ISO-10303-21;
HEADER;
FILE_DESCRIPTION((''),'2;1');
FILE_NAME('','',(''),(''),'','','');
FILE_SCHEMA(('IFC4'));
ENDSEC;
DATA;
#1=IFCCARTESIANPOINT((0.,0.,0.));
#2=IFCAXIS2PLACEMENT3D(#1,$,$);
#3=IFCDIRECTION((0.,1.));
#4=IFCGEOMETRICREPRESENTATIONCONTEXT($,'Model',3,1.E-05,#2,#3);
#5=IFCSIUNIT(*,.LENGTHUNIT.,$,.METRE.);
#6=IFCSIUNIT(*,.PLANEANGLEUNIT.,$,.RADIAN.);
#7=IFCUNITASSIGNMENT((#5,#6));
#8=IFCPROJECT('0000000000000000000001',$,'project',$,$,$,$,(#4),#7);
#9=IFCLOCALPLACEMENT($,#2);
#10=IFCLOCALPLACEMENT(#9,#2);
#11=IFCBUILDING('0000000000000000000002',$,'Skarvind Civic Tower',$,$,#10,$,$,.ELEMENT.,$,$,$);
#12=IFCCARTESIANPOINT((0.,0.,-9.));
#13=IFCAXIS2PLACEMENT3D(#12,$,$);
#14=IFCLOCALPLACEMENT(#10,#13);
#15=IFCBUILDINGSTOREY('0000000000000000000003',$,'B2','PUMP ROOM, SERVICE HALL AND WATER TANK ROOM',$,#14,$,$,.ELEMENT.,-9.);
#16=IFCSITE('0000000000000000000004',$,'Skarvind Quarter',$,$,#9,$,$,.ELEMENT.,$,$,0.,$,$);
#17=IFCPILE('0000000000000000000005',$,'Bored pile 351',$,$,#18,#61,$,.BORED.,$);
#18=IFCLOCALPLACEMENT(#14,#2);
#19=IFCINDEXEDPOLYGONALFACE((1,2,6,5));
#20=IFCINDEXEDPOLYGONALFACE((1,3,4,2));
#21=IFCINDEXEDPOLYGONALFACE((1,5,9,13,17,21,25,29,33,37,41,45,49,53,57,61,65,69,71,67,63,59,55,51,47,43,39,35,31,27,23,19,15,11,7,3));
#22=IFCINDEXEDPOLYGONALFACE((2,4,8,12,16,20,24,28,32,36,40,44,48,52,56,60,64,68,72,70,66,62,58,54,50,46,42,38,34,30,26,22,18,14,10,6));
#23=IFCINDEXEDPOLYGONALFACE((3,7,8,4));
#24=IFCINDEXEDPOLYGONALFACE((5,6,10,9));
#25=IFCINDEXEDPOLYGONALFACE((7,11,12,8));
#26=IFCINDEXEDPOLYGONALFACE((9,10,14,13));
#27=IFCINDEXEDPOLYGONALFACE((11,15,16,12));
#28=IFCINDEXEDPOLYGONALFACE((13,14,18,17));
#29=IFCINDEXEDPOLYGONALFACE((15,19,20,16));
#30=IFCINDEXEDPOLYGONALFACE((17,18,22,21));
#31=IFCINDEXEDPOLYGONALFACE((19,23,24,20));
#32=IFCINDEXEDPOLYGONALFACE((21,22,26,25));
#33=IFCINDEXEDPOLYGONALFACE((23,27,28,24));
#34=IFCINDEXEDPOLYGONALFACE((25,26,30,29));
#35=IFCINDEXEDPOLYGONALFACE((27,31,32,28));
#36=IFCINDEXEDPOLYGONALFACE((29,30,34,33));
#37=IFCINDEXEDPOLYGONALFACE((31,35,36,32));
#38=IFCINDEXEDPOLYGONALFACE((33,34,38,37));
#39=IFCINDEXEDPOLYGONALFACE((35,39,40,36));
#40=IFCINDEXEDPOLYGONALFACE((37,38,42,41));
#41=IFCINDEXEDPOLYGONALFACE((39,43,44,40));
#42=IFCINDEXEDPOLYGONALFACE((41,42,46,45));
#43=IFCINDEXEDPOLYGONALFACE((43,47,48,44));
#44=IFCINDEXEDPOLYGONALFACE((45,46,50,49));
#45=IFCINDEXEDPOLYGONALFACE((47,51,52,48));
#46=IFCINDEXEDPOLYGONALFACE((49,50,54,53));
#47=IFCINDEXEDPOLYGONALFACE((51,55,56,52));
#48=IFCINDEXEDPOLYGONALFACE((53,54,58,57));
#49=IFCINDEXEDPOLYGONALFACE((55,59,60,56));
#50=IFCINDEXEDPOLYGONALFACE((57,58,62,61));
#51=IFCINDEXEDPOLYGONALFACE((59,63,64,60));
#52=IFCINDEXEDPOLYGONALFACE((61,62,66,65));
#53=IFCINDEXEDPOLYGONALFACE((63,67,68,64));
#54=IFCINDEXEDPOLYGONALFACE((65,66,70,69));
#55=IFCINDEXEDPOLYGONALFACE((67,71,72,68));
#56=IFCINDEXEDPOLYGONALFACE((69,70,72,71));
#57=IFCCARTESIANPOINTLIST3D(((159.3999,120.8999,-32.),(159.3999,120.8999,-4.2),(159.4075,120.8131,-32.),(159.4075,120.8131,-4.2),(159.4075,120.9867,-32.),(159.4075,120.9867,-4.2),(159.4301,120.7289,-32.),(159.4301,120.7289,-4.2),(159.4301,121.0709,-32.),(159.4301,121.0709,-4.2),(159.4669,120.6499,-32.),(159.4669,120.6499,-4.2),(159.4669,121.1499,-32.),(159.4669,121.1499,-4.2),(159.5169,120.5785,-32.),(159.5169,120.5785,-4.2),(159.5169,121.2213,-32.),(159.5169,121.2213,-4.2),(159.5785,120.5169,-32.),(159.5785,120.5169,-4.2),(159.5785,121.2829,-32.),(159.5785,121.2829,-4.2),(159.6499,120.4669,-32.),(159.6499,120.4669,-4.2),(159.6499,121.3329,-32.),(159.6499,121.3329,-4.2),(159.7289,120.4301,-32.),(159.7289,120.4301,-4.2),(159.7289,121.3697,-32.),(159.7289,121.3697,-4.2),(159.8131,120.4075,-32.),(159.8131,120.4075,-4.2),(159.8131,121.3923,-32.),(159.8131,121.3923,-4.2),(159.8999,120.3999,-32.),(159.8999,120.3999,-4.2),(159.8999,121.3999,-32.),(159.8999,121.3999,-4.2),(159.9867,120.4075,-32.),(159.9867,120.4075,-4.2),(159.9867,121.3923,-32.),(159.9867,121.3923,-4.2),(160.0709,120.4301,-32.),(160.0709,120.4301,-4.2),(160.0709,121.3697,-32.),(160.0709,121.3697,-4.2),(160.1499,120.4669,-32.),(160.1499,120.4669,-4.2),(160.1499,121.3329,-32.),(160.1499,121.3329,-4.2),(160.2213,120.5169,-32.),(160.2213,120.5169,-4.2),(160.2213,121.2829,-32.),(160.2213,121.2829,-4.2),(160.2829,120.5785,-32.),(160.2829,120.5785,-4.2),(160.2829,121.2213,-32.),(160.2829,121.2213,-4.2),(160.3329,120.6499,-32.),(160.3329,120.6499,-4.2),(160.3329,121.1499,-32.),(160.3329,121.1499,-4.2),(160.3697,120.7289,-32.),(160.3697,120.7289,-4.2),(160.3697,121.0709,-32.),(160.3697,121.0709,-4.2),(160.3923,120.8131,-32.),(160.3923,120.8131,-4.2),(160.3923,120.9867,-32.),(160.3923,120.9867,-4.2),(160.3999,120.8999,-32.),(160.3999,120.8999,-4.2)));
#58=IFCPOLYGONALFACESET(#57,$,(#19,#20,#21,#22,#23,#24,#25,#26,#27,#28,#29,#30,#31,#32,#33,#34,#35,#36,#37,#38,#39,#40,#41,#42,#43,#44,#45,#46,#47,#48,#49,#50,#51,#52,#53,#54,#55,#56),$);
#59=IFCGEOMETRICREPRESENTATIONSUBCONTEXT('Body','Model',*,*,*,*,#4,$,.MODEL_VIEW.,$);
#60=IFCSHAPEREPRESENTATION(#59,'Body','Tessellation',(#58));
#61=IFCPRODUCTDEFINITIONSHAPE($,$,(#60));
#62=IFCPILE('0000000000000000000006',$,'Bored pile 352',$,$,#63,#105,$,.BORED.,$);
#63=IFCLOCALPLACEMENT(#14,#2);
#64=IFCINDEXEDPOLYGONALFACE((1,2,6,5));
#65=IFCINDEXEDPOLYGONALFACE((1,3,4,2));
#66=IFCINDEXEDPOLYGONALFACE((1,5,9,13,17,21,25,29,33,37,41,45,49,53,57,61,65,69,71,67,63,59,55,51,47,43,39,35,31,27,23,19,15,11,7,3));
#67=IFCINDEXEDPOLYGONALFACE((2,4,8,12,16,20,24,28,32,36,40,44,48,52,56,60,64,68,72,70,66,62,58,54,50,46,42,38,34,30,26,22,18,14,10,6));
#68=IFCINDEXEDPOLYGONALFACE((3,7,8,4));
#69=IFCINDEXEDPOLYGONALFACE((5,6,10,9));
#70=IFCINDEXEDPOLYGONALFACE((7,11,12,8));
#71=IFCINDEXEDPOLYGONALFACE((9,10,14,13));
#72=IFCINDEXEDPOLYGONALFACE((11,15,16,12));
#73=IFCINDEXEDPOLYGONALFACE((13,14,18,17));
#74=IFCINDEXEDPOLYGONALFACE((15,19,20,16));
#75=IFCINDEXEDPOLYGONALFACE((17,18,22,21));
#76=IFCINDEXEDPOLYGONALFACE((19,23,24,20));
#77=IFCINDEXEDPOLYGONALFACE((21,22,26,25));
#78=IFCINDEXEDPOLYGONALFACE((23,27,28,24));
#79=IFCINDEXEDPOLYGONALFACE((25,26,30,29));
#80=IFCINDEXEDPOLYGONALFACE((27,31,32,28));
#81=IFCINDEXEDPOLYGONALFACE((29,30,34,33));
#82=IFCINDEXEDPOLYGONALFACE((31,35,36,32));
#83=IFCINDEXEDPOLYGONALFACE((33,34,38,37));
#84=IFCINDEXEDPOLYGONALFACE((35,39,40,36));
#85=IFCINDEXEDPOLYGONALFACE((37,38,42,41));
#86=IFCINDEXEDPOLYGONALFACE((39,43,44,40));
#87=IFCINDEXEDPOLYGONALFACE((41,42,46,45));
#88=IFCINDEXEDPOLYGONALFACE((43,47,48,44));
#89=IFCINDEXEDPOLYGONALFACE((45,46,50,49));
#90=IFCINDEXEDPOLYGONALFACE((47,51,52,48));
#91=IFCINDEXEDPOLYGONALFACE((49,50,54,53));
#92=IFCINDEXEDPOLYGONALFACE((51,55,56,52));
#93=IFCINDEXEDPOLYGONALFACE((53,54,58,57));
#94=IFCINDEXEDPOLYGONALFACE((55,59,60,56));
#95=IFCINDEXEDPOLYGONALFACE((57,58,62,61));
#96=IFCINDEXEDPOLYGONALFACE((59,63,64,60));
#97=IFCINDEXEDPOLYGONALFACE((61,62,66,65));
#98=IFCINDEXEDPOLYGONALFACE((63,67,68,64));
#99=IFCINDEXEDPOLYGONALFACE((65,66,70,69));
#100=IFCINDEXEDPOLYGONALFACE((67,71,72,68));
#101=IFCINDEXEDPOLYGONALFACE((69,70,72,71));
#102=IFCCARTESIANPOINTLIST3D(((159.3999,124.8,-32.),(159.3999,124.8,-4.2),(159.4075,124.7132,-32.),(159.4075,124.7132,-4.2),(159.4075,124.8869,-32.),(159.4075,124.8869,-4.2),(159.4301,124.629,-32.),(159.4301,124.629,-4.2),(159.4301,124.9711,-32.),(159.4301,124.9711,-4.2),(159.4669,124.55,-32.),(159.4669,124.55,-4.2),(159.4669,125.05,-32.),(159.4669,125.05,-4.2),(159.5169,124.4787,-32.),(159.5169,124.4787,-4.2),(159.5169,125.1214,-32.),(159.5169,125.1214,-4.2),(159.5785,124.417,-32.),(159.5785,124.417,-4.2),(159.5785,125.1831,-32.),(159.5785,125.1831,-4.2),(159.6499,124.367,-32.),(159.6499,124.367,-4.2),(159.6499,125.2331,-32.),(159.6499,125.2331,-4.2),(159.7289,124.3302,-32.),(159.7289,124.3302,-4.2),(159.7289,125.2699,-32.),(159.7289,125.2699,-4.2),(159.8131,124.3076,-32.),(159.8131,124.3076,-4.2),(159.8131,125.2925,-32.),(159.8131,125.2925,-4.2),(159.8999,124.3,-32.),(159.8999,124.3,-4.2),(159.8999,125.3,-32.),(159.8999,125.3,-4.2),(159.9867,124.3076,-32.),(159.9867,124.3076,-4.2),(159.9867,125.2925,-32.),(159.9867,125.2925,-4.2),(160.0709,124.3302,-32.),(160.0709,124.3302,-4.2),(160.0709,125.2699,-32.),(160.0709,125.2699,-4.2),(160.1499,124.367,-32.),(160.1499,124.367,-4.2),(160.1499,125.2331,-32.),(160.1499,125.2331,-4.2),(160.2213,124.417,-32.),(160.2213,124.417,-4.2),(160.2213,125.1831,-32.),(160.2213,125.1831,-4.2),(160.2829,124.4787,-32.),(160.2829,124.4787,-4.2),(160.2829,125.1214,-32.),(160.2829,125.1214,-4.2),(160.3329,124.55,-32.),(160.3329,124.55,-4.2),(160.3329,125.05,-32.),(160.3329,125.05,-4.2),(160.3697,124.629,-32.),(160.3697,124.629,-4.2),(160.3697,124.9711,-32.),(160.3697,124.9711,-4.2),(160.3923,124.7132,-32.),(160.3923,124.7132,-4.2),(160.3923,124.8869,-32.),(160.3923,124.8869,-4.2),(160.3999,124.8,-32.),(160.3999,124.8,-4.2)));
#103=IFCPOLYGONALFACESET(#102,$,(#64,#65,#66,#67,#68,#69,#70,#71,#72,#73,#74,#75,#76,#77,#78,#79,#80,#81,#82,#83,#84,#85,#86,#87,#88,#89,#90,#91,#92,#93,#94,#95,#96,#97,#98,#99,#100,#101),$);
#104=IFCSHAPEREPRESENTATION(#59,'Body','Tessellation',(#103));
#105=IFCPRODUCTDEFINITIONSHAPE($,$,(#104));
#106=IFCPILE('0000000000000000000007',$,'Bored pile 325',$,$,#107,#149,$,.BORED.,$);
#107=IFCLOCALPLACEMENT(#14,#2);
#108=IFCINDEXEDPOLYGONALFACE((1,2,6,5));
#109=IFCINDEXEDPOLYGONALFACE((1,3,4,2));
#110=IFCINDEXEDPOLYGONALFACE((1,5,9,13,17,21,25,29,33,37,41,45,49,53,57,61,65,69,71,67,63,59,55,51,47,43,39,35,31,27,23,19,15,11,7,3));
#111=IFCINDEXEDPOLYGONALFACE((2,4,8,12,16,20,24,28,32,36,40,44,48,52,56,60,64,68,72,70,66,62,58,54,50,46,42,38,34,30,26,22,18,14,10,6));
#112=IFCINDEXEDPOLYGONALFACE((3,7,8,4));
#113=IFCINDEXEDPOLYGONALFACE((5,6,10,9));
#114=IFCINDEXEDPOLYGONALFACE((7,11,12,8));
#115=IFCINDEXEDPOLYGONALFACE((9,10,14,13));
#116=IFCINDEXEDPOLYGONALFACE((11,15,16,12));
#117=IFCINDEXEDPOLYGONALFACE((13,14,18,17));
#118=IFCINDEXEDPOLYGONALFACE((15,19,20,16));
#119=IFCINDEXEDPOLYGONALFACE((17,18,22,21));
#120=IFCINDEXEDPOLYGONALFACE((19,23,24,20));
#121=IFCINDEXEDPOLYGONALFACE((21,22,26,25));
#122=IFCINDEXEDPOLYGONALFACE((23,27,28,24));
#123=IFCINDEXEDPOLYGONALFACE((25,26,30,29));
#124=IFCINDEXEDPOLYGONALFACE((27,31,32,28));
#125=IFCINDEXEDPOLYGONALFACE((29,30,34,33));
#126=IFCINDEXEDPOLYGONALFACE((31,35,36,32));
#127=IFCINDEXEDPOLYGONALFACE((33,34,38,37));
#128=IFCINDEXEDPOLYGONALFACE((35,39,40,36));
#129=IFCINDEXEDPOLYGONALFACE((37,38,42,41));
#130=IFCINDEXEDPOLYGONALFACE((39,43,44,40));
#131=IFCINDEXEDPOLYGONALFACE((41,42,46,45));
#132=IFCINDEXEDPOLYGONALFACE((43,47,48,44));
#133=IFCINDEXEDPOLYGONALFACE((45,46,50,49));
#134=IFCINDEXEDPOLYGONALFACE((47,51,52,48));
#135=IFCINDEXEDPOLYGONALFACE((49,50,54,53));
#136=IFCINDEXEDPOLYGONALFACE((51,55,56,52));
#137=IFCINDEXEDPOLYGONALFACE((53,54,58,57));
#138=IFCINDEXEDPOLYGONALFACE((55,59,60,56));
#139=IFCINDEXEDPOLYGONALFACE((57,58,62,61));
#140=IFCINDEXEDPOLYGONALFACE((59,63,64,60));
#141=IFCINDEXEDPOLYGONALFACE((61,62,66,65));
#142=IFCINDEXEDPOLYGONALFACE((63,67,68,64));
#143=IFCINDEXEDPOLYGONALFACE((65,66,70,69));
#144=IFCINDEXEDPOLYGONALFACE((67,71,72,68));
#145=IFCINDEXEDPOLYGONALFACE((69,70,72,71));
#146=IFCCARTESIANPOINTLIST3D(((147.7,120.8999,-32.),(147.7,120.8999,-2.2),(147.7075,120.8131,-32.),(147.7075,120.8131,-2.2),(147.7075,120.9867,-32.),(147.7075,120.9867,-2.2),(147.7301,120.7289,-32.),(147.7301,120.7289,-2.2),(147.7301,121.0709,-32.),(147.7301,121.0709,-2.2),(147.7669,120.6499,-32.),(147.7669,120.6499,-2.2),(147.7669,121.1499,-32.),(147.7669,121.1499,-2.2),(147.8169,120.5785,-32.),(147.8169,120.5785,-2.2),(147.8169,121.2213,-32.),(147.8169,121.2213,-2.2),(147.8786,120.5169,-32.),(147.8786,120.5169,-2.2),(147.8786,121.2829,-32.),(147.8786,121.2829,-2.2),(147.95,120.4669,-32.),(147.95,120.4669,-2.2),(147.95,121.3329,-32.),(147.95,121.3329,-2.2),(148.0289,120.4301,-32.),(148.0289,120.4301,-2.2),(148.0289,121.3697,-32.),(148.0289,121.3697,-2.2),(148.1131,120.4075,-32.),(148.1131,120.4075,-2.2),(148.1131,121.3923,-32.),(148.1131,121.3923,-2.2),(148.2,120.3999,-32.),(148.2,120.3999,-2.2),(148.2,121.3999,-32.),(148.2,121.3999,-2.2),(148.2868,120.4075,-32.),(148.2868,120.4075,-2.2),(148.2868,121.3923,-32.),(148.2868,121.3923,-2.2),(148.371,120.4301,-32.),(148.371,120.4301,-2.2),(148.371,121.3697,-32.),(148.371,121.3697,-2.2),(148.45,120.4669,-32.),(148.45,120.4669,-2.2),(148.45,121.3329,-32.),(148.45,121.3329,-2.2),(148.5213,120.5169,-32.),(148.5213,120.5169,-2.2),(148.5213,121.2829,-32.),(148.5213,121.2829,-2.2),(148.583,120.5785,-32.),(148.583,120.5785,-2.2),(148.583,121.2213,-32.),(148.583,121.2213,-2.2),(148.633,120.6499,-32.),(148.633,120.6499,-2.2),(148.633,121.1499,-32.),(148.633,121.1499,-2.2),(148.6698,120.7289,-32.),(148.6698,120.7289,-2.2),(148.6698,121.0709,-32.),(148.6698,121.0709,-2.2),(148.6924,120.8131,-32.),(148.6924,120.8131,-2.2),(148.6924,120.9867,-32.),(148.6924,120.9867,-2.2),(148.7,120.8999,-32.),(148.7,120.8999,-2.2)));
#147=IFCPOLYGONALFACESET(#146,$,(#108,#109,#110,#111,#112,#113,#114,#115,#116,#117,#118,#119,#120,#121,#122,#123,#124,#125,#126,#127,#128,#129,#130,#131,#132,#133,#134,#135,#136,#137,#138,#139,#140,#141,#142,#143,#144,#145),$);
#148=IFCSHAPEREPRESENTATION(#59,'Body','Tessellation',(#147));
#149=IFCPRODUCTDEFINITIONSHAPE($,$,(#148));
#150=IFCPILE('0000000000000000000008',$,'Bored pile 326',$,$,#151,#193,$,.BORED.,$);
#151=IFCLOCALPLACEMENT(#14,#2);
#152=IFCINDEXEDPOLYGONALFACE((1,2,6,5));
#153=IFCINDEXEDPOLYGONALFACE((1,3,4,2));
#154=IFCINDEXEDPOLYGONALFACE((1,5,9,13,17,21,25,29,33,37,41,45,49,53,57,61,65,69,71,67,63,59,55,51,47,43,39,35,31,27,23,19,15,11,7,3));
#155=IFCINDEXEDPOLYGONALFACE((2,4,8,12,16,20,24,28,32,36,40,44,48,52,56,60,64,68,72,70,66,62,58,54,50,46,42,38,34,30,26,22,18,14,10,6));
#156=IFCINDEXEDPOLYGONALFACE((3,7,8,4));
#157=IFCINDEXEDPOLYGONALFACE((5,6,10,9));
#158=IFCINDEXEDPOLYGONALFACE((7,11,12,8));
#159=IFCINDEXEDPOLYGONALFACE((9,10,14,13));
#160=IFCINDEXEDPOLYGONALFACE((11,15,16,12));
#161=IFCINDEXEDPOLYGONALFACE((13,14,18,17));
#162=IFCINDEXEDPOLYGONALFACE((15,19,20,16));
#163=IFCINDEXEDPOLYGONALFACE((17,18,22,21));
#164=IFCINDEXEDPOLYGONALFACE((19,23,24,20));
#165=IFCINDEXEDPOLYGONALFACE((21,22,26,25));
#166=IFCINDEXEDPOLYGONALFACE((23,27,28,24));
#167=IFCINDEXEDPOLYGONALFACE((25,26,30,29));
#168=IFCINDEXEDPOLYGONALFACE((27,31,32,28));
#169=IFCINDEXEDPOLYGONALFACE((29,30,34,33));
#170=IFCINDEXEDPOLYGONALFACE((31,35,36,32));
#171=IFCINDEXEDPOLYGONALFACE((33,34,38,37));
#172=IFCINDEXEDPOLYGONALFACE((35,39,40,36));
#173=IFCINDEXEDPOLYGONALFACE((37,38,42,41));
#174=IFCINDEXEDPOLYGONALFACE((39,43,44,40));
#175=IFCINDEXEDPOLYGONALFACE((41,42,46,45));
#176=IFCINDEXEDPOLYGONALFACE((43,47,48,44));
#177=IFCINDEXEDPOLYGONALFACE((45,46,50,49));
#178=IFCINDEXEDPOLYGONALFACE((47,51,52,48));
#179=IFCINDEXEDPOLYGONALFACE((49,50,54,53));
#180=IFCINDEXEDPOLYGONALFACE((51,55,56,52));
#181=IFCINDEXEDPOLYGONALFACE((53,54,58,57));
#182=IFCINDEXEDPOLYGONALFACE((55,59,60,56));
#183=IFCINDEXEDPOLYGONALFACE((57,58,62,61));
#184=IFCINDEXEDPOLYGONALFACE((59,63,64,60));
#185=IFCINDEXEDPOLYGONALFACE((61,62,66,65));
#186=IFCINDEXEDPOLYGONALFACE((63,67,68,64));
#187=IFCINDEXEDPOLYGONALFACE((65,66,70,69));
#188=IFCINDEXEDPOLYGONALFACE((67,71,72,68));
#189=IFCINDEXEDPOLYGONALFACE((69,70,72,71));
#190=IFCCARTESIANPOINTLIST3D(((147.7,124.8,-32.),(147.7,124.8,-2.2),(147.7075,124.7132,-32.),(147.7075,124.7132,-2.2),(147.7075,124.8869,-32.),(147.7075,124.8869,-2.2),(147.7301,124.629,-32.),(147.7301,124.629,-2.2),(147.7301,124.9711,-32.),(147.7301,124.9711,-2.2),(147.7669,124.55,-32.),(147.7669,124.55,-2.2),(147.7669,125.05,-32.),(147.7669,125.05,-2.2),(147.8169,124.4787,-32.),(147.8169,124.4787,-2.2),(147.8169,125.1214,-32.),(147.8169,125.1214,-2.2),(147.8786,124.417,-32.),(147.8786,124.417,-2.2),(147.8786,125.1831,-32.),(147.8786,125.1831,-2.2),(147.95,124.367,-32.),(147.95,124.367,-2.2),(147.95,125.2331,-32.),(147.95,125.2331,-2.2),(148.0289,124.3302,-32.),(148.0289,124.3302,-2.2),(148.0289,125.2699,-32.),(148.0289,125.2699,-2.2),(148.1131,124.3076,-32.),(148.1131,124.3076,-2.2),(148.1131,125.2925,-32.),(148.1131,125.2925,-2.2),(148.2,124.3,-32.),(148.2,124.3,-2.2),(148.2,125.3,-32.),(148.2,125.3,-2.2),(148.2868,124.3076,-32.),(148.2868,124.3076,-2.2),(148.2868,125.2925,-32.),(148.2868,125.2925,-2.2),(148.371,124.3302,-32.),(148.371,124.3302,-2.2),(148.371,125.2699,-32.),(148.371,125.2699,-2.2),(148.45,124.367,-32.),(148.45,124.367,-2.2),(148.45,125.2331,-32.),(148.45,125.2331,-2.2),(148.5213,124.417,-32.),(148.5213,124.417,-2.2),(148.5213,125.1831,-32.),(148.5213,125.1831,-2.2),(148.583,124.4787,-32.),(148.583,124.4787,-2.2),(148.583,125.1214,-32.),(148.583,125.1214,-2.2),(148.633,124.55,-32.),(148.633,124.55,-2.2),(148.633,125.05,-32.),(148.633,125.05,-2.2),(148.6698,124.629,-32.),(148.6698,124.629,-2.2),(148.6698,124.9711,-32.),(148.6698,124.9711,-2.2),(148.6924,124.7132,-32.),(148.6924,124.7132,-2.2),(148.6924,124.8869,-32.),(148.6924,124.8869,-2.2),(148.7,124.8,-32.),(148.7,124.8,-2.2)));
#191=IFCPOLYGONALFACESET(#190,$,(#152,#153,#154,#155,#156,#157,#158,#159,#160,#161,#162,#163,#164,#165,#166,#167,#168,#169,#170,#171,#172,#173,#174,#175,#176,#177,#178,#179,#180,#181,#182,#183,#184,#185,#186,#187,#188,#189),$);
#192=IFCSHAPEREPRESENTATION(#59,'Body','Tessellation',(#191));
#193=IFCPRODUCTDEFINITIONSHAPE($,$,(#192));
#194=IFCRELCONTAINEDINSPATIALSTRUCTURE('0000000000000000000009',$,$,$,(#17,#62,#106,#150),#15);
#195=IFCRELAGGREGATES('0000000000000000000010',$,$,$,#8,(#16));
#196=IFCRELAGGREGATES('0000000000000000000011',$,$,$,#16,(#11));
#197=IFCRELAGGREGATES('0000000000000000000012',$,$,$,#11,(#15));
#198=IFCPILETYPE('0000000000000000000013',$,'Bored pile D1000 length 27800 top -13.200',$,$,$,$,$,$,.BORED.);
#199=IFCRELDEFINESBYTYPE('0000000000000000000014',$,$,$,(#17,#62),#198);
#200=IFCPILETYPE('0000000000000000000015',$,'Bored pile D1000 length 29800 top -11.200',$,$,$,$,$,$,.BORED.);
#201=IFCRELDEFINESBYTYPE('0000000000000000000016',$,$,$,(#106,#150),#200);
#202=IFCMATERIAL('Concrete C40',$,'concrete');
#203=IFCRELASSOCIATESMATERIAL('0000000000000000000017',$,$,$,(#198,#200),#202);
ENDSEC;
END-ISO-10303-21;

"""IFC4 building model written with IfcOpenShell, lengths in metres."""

from ifc_helpers import new_model, si_unit, direction, frame, origin, origin_2d, place, context, subcontext, project, spatial, circle, extrude, material, type_object, element, save


model = new_model("IFC4")

# Units and contexts
model_context = context("Model", 3, precision=1e-05, world=origin(), true_north=direction((0.0, 1.0)))
body_context = subcontext(model_context, "Body", "Model", "MODEL_VIEW")
ifc_project = project(units=[si_unit("LENGTHUNIT", "METRE"), si_unit("PLANEANGLEUNIT", "RADIAN")], contexts=[model_context])

# Site, building, storey
site_placement = place(None, origin())
site = spatial("IfcSite", under=ifc_project, at=site_placement, Name="Skarvind Quarter", CompositionType="ELEMENT", RefElevation=0.0)
building_placement = place(site_placement, origin())
building = spatial("IfcBuilding", under=site, at=building_placement, Name="Skarvind Civic Tower", CompositionType="ELEMENT")
storey_placement = place(building_placement, frame((0.0, 0.0, -9.0)))
storey = spatial("IfcBuildingStorey", under=building, at=storey_placement, Name="B2", Description="PUMP ROOM, SERVICE HALL AND WATER TANK ROOM", CompositionType="ELEMENT", Elevation=-9.0)

# Piles
ifc_material_1 = material(Name="Concrete C40", Category="concrete")
pile_type_1 = type_object("IfcPileType", Name="Bored pile D1000 length 27800 top -13.200", PredefinedType="BORED", material=ifc_material_1)
for number, where, z_axis, x_axis, name in (
    (1, (159.8999, 120.8999, -4.2), (0.0, 0.0, -1.0), (1.0, 0.0, 0.0), "Bored pile 351"),
    (2, (159.8999, 124.8, -4.2), (0.0, 0.0, -1.0), (1.0, 0.0, 0.0), "Bored pile 352"),
):
    element("IfcPile", number, at=place(storey_placement, frame(where, z_axis=z_axis, x_axis=x_axis)), inside=storey, type_object=pile_type_1, Name=name, PredefinedType="BORED", context=body_context, shape_type="SweptSolid", body=[
        extrude(circle(Radius=0.5, at=origin_2d()), origin(), (0.0, 0.0, 1.0), 27.8),
    ])
pile_type_2 = type_object("IfcPileType", Name="Bored pile D1000 length 29800 top -11.200", PredefinedType="BORED", material=ifc_material_1)
for number, where, z_axis, x_axis, name in (
    (3, (148.2, 120.8999, -2.2), (0.0, 0.0, -1.0), (1.0, 0.0, 0.0), "Bored pile 325"),
    (4, (148.2, 124.8, -2.2), (0.0, 0.0, -1.0), (1.0, 0.0, 0.0), "Bored pile 326"),
):
    element("IfcPile", number, at=place(storey_placement, frame(where, z_axis=z_axis, x_axis=x_axis)), inside=storey, type_object=pile_type_2, Name=name, PredefinedType="BORED", context=body_context, shape_type="SweptSolid", body=[
        extrude(circle(Radius=0.5, at=origin_2d()), origin(), (0.0, 0.0, 1.0), 29.8),
    ])

save(model, "model.ifc")
